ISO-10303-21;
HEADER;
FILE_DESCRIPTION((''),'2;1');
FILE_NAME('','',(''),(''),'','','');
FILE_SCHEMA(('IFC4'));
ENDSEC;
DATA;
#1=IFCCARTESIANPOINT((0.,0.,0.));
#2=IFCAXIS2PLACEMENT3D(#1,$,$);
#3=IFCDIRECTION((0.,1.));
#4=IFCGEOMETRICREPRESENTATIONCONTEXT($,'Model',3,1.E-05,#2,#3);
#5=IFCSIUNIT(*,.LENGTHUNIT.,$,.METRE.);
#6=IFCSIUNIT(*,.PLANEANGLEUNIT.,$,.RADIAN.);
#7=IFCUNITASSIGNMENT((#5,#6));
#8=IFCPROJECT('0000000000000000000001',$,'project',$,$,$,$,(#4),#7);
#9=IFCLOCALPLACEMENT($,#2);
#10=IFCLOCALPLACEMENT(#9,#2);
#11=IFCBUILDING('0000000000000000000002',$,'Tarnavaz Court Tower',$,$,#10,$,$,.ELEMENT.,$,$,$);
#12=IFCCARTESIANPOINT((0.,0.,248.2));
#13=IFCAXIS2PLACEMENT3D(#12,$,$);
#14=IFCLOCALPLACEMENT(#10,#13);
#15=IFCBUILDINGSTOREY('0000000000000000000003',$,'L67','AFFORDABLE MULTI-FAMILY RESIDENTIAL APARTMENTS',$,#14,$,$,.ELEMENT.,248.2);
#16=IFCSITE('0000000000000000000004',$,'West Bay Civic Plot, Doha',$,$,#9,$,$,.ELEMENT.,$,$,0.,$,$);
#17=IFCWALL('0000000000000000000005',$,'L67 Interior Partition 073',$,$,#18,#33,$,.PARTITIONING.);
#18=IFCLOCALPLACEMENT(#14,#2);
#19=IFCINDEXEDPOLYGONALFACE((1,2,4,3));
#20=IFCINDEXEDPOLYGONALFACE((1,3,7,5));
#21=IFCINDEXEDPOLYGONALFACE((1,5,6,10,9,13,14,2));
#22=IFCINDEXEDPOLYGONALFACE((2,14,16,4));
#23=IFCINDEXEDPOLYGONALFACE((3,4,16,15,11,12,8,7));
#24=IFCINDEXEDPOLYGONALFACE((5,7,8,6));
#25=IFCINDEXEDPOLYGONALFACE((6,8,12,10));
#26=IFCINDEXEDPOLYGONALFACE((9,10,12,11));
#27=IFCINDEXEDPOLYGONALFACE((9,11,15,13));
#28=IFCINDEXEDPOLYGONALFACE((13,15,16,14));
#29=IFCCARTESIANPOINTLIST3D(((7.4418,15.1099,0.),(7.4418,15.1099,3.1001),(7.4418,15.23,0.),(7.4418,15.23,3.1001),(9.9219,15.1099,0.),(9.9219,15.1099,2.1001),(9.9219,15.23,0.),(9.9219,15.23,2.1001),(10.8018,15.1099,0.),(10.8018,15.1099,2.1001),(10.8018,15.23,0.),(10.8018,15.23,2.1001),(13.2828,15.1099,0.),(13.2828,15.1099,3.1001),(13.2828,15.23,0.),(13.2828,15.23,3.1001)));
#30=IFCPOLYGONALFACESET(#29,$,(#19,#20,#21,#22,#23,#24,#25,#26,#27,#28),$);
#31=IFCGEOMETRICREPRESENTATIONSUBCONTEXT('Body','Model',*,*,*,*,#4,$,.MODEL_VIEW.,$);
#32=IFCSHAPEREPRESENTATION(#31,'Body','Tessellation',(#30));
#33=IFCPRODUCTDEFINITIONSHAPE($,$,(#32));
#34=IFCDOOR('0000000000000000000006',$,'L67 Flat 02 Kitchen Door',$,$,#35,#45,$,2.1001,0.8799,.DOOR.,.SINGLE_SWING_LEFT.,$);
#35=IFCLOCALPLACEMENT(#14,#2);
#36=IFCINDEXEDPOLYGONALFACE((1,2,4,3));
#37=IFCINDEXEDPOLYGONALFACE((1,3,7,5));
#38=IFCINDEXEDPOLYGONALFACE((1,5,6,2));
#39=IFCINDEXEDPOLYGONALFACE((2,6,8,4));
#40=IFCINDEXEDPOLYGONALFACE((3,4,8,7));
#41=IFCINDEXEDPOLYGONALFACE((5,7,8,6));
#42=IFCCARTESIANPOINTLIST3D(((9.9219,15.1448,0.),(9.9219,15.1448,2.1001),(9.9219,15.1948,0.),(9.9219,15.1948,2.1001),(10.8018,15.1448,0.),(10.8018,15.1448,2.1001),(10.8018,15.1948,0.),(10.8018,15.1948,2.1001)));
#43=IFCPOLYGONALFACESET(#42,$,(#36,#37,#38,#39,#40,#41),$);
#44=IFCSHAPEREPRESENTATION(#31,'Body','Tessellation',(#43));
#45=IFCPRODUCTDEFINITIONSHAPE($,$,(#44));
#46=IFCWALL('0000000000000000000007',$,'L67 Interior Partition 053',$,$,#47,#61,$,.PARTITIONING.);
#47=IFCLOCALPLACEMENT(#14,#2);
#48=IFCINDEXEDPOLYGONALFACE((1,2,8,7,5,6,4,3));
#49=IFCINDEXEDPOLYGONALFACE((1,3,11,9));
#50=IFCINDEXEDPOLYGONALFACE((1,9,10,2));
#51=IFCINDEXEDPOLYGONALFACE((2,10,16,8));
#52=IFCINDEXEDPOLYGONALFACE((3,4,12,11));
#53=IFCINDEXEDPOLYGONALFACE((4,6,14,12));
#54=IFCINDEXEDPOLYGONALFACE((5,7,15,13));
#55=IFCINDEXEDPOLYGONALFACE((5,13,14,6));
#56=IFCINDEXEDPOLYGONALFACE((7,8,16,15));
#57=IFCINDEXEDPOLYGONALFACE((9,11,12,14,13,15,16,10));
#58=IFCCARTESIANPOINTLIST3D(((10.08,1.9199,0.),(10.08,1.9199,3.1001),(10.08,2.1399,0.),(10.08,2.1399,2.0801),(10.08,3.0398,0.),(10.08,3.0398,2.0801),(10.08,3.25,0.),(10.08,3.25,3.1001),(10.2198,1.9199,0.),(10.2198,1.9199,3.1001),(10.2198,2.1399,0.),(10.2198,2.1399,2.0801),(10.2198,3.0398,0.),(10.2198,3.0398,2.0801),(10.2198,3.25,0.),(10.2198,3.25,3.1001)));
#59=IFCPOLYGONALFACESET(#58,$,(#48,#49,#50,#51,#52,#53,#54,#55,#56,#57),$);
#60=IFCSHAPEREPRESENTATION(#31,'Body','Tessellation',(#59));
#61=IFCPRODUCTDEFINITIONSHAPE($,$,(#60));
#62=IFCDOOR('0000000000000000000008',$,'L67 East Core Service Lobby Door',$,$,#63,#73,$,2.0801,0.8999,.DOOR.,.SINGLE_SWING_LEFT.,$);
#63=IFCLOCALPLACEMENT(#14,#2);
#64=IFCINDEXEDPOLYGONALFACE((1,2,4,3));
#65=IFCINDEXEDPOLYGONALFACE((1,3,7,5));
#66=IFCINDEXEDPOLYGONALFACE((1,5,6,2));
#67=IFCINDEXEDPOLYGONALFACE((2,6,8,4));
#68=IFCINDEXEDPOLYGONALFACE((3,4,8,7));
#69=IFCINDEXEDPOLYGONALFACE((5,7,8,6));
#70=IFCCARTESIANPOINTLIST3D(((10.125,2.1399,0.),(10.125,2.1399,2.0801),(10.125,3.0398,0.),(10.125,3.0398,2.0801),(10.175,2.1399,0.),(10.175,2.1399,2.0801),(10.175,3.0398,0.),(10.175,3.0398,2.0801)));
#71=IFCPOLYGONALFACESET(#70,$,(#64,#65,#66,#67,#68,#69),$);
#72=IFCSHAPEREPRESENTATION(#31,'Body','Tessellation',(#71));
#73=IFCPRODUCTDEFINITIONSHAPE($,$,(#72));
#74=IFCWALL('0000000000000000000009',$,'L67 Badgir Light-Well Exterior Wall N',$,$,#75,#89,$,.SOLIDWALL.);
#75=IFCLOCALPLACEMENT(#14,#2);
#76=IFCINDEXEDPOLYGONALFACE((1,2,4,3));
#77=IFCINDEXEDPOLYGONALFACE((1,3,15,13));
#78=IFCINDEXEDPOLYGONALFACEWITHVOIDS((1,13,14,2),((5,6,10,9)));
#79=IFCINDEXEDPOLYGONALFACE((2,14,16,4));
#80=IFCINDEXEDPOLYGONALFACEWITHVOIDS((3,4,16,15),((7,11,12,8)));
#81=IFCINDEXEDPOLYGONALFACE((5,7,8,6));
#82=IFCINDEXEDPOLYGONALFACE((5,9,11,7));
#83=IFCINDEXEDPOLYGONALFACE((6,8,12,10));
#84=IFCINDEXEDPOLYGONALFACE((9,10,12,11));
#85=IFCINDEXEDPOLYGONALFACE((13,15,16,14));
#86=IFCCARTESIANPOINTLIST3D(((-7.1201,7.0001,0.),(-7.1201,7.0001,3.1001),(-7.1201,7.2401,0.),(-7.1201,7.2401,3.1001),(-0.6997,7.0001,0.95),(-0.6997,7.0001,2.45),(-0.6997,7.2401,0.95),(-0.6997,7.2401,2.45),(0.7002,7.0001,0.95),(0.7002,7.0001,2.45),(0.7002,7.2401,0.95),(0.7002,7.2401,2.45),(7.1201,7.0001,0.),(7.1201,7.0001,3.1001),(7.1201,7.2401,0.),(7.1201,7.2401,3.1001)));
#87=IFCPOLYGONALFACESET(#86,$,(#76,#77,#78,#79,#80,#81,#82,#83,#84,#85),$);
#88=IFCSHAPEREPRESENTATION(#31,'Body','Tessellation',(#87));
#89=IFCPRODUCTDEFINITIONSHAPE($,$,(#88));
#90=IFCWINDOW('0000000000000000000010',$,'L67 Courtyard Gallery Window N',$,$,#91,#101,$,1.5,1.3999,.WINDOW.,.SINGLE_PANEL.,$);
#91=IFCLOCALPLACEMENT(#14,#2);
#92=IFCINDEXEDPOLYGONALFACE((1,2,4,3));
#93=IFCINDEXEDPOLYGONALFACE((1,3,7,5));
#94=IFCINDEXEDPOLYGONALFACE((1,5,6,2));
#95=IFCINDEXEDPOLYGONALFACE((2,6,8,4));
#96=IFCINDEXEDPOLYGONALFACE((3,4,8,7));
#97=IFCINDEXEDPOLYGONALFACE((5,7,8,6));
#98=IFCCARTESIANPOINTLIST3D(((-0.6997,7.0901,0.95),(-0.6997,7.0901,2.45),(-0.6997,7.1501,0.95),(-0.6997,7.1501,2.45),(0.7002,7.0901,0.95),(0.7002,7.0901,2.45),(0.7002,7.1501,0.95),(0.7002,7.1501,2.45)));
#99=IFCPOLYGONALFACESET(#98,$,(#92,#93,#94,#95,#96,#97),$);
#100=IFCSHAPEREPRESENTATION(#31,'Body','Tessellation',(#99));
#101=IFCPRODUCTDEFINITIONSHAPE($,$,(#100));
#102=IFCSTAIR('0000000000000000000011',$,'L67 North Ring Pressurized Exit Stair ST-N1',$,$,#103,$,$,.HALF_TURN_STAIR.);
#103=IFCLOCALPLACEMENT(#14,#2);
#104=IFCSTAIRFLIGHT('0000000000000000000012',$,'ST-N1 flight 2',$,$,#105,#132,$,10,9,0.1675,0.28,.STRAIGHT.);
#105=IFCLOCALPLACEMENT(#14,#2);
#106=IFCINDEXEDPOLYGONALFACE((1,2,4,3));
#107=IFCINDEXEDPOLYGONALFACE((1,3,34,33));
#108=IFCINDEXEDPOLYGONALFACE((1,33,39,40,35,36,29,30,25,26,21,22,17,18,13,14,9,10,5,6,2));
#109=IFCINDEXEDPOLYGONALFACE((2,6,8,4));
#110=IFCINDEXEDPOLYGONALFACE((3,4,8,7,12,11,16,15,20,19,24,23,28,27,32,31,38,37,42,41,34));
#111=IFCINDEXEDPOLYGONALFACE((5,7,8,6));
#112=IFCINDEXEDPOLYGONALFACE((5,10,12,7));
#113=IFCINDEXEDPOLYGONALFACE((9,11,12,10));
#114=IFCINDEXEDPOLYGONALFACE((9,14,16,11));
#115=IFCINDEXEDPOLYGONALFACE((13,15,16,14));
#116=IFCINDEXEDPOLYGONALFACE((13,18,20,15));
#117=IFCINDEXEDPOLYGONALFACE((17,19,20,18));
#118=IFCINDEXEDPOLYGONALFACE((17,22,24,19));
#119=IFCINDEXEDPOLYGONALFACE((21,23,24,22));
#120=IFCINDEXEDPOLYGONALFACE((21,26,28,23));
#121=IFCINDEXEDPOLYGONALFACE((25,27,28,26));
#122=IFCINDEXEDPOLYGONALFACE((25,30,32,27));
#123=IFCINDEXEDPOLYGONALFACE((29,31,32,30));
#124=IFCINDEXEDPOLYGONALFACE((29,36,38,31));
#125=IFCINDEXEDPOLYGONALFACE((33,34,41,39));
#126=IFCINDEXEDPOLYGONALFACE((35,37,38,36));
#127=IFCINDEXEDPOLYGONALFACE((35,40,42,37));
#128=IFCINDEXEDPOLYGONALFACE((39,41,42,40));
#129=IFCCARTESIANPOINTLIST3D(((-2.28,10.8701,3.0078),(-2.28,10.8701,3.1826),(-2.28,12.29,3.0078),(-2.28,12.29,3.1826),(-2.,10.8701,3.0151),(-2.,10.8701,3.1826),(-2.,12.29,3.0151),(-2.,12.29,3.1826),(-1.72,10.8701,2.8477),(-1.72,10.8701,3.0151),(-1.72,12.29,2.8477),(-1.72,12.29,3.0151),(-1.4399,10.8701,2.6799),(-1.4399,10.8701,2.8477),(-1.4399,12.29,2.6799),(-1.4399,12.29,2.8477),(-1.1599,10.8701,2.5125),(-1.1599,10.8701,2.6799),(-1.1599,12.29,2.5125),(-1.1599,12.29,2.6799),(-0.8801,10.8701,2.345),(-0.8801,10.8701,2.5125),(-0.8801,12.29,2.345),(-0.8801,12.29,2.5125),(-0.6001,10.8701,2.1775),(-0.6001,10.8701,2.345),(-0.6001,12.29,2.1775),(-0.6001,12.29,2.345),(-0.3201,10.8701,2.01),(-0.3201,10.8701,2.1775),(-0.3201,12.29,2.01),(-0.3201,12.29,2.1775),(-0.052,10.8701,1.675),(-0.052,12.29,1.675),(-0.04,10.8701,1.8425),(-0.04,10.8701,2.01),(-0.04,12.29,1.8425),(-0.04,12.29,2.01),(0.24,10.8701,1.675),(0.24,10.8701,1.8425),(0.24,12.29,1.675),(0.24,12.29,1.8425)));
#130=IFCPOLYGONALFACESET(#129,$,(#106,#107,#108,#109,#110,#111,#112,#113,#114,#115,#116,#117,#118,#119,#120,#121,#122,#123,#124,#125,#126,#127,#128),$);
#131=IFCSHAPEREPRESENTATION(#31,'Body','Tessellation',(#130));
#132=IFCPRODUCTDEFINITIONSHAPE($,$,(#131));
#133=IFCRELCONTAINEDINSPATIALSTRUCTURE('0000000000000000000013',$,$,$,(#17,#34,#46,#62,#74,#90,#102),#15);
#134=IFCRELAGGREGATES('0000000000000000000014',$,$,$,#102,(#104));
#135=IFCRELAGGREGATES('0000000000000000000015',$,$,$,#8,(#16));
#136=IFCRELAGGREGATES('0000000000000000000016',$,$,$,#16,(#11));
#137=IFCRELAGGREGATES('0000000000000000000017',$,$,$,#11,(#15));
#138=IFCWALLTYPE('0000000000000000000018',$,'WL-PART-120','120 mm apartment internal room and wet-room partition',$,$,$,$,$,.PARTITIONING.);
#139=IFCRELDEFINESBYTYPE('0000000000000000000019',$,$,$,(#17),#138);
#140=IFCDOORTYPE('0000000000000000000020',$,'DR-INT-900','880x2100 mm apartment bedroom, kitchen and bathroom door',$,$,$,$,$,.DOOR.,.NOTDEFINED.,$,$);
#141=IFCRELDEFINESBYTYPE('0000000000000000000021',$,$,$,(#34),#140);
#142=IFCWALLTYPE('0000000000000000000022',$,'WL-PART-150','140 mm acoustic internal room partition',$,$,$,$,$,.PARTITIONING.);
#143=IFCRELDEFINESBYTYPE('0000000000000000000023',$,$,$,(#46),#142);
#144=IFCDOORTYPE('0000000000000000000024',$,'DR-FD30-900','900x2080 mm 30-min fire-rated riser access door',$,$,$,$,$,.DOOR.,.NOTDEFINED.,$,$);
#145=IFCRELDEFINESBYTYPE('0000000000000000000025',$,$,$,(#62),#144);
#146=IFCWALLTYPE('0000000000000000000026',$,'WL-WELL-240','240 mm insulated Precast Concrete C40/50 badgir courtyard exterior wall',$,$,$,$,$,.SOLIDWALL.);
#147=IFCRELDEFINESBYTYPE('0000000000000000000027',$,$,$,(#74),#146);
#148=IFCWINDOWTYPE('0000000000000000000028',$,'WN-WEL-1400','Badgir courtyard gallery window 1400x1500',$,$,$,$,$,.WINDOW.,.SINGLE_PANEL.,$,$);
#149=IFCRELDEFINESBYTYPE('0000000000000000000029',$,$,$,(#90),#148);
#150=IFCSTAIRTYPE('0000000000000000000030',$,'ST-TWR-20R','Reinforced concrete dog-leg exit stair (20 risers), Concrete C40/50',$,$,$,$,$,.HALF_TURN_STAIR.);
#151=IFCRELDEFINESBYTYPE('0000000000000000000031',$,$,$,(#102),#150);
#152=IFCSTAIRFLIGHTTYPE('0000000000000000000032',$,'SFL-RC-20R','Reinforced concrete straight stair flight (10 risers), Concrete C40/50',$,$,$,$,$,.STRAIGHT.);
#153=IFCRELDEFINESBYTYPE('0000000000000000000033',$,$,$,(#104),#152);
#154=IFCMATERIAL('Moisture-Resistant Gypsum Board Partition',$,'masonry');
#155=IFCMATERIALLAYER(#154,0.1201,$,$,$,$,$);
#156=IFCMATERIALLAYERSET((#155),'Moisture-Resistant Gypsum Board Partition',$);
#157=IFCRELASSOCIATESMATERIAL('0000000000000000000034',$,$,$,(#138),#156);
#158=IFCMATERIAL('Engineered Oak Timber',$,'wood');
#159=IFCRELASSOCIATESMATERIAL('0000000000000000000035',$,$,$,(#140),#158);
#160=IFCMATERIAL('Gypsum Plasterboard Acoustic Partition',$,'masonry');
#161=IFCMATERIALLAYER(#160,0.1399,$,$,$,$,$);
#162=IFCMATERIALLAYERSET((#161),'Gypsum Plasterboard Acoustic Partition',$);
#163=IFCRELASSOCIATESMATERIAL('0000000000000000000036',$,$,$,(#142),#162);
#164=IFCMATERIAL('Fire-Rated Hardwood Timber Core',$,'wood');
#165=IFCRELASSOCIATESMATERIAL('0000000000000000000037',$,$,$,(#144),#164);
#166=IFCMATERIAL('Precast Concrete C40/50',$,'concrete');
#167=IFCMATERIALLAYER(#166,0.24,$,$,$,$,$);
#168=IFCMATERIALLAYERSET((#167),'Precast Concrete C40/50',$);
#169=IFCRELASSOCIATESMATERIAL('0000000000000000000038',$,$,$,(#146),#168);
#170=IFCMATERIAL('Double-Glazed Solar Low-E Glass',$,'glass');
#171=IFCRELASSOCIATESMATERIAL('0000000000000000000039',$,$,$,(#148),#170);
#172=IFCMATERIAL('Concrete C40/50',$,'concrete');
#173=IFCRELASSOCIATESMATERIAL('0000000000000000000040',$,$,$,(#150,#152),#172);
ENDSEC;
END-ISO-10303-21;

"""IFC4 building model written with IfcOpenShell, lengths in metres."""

from ifc_helpers import new_model, si_unit, direction, frame, frame_2d, origin, place, context, subcontext, project, spatial, polyline, rectangle, outline, extrude, material, layer, layer_set, type_object, element, fill, aggregate, save


model = new_model("IFC4")

# Units and contexts
model_context = context("Model", 3, precision=1e-05, world=origin(), true_north=direction((0.0, 1.0)))
body_context = subcontext(model_context, "Body", "Model", "MODEL_VIEW")
ifc_project = project(units=[si_unit("LENGTHUNIT", "METRE"), si_unit("PLANEANGLEUNIT", "RADIAN")], contexts=[model_context])

# Site, building, storey
site_placement = place(None, origin())
site = spatial("IfcSite", under=ifc_project, at=site_placement, Name="West Bay Civic Plot, Doha", CompositionType="ELEMENT", RefElevation=0.0)
building_placement = place(site_placement, origin())
building = spatial("IfcBuilding", under=site, at=building_placement, Name="Tarnavaz Court Tower", CompositionType="ELEMENT")
storey_placement = place(building_placement, frame((0.0, 0.0, 248.2)))
storey = spatial("IfcBuildingStorey", under=building, at=storey_placement, Name="L67", Description="AFFORDABLE MULTI-FAMILY RESIDENTIAL APARTMENTS", CompositionType="ELEMENT", Elevation=248.2)

# Shared definitions
ifc_material_1 = material(Name="Fire-Rated Hardwood Timber Core", Category="wood")

# Walls, openings, doors
ifc_material_2 = material(Name="Moisture-Resistant Gypsum Board Partition", Category="masonry")
ifc_layer_1 = layer(ifc_material_2, 0.1201)
ifc_layer_set_1 = layer_set([ifc_layer_1], Name="Moisture-Resistant Gypsum Board Partition")
wall_type_1 = type_object("IfcWallType", Name="WL-PART-120", Description="120 mm apartment internal room and wet-room partition", PredefinedType="PARTITIONING", material=ifc_layer_set_1)
ifc_material_3 = material(Name="Engineered Oak Timber", Category="wood")
wall_1_placement = place(storey_placement, frame((7.4419, 15.1699, 0.0), z_axis=(0.0, 0.0, 1.0), x_axis=(1.0, 0.0, 0.0)))
wall_1 = element("IfcWall", 1, at=wall_1_placement, inside=storey, type_object=wall_type_1, Name="L67 Interior Partition 073", PredefinedType="PARTITIONING", context=body_context, shape_type="SweptSolid", body=[
    extrude(rectangle(XDim=5.8411, YDim=0.1201, at=frame_2d((2.9204, 0.0))), origin(), (0.0, 0.0, 1.0), 3.1001),
])
opening_1_placement = place(wall_1_placement, frame((2.48, 0.0, 0.0)))
opening_1 = element("IfcOpeningElement", 2, at=opening_1_placement, cuts=wall_1, PredefinedType="OPENING", context=body_context, shape_type="SweptSolid", body=[
    extrude(rectangle(XDim=0.8799, YDim=2.1001, at=frame_2d((0.4399, 1.05))), frame((0.0, 0.0701, 0.0), z_axis=(0.0, -1.0, 0.0), x_axis=(1.0, 0.0, 0.0)), (0.0, 0.0, 1.0), 0.1401),
])
door_type_1 = type_object("IfcDoorType", Name="DR-INT-900", Description="880x2100 mm apartment bedroom, kitchen and bathroom door", OperationType="NOTDEFINED", PredefinedType="DOOR", material=ifc_material_3)
door_1_placement = place(opening_1_placement, origin())
door_1 = element("IfcDoor", 3, at=door_1_placement, inside=storey, type_object=door_type_1, Name="L67 Flat 02 Kitchen Door", OperationType="SINGLE_SWING_LEFT", OverallHeight=2.1001, OverallWidth=0.8799, PredefinedType="DOOR", context=body_context, shape_type="SweptSolid", body=[
    extrude(rectangle(XDim=0.8799, YDim=2.1001, at=frame_2d((0.4399, 1.05))), frame((0.0, 0.0249, 0.0), z_axis=(0.0, -1.0, 0.0), x_axis=(1.0, 0.0, 0.0)), (0.0, 0.0, 1.0), 0.05),
])
fill(opening_1, door_1)
ifc_material_4 = material(Name="Gypsum Plasterboard Acoustic Partition", Category="masonry")
ifc_layer_2 = layer(ifc_material_4, 0.1399)
ifc_layer_set_2 = layer_set([ifc_layer_2], Name="Gypsum Plasterboard Acoustic Partition")
wall_type_2 = type_object("IfcWallType", Name="WL-PART-150", Description="140 mm acoustic internal room partition", PredefinedType="PARTITIONING", material=ifc_layer_set_2)
wall_2_placement = place(storey_placement, frame((10.1499, 1.9199, 0.0), z_axis=(0.0, 0.0, 1.0), x_axis=(0.0, 1.0, 0.0)))
wall_2 = element("IfcWall", 4, at=wall_2_placement, inside=storey, type_object=wall_type_2, Name="L67 Interior Partition 053", PredefinedType="PARTITIONING", context=body_context, shape_type="SweptSolid", body=[
    extrude(rectangle(XDim=1.3301, YDim=0.1399, at=frame_2d((0.665, 0.0))), origin(), (0.0, 0.0, 1.0), 3.1001),
])
opening_2_placement = place(wall_2_placement, frame((0.22, 0.0, 0.0)))
opening_2 = element("IfcOpeningElement", 5, at=opening_2_placement, cuts=wall_2, PredefinedType="OPENING", context=body_context, shape_type="SweptSolid", body=[
    extrude(rectangle(XDim=0.8999, YDim=2.0801, at=frame_2d((0.45, 1.04))), frame((0.0, 0.0798, 0.0), z_axis=(0.0, -1.0, 0.0), x_axis=(1.0, 0.0, 0.0)), (0.0, 0.0, 1.0), 0.1599),
])
door_type_2 = type_object("IfcDoorType", Name="DR-FD30-900", Description="900x2080 mm 30-min fire-rated riser access door", OperationType="NOTDEFINED", PredefinedType="DOOR", material=ifc_material_1)
door_2_placement = place(opening_2_placement, origin())
door_2 = element("IfcDoor", 6, at=door_2_placement, inside=storey, type_object=door_type_2, Name="L67 East Core Service Lobby Door", OperationType="SINGLE_SWING_LEFT", OverallHeight=2.0801, OverallWidth=0.8999, PredefinedType="DOOR", context=body_context, shape_type="SweptSolid", body=[
    extrude(rectangle(XDim=0.8999, YDim=2.0801, at=frame_2d((0.45, 1.04))), frame((0.0, 0.0249, 0.0), z_axis=(0.0, -1.0, 0.0), x_axis=(1.0, 0.0, 0.0)), (0.0, 0.0, 1.0), 0.05),
])
fill(opening_2, door_2)

# Wall, opening, window
ifc_material_5 = material(Name="Precast Concrete C40/50", Category="concrete")
ifc_layer_3 = layer(ifc_material_5, 0.24)
ifc_layer_set_3 = layer_set([ifc_layer_3], Name="Precast Concrete C40/50")
wall_type_3 = type_object("IfcWallType", Name="WL-WELL-240", Description="240 mm insulated Precast Concrete C40/50 badgir courtyard exterior wall", PredefinedType="SOLIDWALL", material=ifc_layer_set_3)
wall_3_placement = place(storey_placement, frame((7.1201, 7.1201, 0.0), z_axis=(0.0, 0.0, 1.0), x_axis=(-1.0, 0.0, 0.0)))
wall_3 = element("IfcWall", 7, at=wall_3_placement, inside=storey, type_object=wall_type_3, Name="L67 Badgir Light-Well Exterior Wall N", PredefinedType="SOLIDWALL", context=body_context, shape_type="SweptSolid", body=[
    extrude(rectangle(XDim=14.2402, YDim=0.24, at=frame_2d((7.1201, 0.0))), origin(), (0.0, 0.0, 1.0), 3.1001),
])
opening_3_placement = place(wall_3_placement, frame((6.4199, 0.0, 0.95)))
opening_3 = element("IfcOpeningElement", 8, at=opening_3_placement, cuts=wall_3, PredefinedType="OPENING", context=body_context, shape_type="SweptSolid", body=[
    extrude(rectangle(XDim=1.3999, YDim=1.5, at=frame_2d((0.7, 0.75))), frame((0.0, 0.1299, 0.0), z_axis=(0.0, -1.0, 0.0), x_axis=(1.0, 0.0, 0.0)), (0.0, 0.0, 1.0), 0.26),
])
ifc_material_6 = material(Name="Double-Glazed Solar Low-E Glass", Category="glass")
window_type = type_object("IfcWindowType", Name="WN-WEL-1400", Description="Badgir courtyard gallery window 1400x1500", PartitioningType="SINGLE_PANEL", PredefinedType="WINDOW", material=ifc_material_6)
window_placement = place(opening_3_placement, origin())
window = element("IfcWindow", 9, at=window_placement, inside=storey, type_object=window_type, Name="L67 Courtyard Gallery Window N", OverallHeight=1.5, OverallWidth=1.3999, PartitioningType="SINGLE_PANEL", PredefinedType="WINDOW", context=body_context, shape_type="SweptSolid", body=[
    extrude(rectangle(XDim=1.3999, YDim=1.5, at=frame_2d((0.7, 0.75))), frame((0.0, 0.03, 0.0), z_axis=(0.0, -1.0, 0.0), x_axis=(1.0, 0.0, 0.0)), (0.0, 0.0, 1.0), 0.0601),
])
fill(opening_3, window)

# Stair, stair flight
ifc_material_7 = material(Name="Concrete C40/50", Category="concrete")
stair_type = type_object("IfcStairType", Name="ST-TWR-20R", Description="Reinforced concrete dog-leg exit stair (20 risers), Concrete C40/50", PredefinedType="HALF_TURN_STAIR", material=ifc_material_7)
stair_placement = place(storey_placement, origin())
stair = element("IfcStair", 10, at=stair_placement, inside=storey, type_object=stair_type, Name="L67 North Ring Pressurized Exit Stair ST-N1", PredefinedType="HALF_TURN_STAIR")
stair_flight_type = type_object("IfcStairFlightType", Name="SFL-RC-20R", Description="Reinforced concrete straight stair flight (10 risers), Concrete C40/50", PredefinedType="STRAIGHT", material=ifc_material_7)
stair_flight_placement = place(storey_placement, frame((0.24, 11.5801, 1.675), z_axis=(0.0, 0.0, 1.0), x_axis=(-1.0, 0.0, 0.0)))
stair_flight = element("IfcStairFlight", 11, at=stair_flight_placement, type_object=stair_flight_type, Name="ST-N1 flight 2", NumberOfRisers=10, NumberOfTreads=9, PredefinedType="STRAIGHT", RiserHeight=0.1675, TreadLength=0.28, context=body_context, shape_type="SweptSolid", body=[
    extrude(outline(polyline([(0.0, 0.0), (0.0, 0.1675), (0.28, 0.1675), (0.28, 0.335), (0.5601, 0.335), (0.5601, 0.5024), (0.8401, 0.5024), (0.8401, 0.6699), (1.1201, 0.6699), (1.1201, 0.8374), (1.3999, 0.8374), (1.3999, 1.0049), (1.6799, 1.0049), (1.6799, 1.1726), (1.96, 1.1726), (1.96, 1.3401), (2.24, 1.3401), (2.24, 1.5076), (2.52, 1.5076), (2.52, 1.675), (2.52, 1.3328), (0.292, 0.0), (0.0, 0.0)])), frame((0.0, 0.71, 0.0), z_axis=(0.0, -1.0, 0.0), x_axis=(1.0, 0.0, 0.0)), (0.0, 0.0, 1.0), 1.4199),
])
aggregate(stair, [stair_flight])

save(model, "model.ifc")
